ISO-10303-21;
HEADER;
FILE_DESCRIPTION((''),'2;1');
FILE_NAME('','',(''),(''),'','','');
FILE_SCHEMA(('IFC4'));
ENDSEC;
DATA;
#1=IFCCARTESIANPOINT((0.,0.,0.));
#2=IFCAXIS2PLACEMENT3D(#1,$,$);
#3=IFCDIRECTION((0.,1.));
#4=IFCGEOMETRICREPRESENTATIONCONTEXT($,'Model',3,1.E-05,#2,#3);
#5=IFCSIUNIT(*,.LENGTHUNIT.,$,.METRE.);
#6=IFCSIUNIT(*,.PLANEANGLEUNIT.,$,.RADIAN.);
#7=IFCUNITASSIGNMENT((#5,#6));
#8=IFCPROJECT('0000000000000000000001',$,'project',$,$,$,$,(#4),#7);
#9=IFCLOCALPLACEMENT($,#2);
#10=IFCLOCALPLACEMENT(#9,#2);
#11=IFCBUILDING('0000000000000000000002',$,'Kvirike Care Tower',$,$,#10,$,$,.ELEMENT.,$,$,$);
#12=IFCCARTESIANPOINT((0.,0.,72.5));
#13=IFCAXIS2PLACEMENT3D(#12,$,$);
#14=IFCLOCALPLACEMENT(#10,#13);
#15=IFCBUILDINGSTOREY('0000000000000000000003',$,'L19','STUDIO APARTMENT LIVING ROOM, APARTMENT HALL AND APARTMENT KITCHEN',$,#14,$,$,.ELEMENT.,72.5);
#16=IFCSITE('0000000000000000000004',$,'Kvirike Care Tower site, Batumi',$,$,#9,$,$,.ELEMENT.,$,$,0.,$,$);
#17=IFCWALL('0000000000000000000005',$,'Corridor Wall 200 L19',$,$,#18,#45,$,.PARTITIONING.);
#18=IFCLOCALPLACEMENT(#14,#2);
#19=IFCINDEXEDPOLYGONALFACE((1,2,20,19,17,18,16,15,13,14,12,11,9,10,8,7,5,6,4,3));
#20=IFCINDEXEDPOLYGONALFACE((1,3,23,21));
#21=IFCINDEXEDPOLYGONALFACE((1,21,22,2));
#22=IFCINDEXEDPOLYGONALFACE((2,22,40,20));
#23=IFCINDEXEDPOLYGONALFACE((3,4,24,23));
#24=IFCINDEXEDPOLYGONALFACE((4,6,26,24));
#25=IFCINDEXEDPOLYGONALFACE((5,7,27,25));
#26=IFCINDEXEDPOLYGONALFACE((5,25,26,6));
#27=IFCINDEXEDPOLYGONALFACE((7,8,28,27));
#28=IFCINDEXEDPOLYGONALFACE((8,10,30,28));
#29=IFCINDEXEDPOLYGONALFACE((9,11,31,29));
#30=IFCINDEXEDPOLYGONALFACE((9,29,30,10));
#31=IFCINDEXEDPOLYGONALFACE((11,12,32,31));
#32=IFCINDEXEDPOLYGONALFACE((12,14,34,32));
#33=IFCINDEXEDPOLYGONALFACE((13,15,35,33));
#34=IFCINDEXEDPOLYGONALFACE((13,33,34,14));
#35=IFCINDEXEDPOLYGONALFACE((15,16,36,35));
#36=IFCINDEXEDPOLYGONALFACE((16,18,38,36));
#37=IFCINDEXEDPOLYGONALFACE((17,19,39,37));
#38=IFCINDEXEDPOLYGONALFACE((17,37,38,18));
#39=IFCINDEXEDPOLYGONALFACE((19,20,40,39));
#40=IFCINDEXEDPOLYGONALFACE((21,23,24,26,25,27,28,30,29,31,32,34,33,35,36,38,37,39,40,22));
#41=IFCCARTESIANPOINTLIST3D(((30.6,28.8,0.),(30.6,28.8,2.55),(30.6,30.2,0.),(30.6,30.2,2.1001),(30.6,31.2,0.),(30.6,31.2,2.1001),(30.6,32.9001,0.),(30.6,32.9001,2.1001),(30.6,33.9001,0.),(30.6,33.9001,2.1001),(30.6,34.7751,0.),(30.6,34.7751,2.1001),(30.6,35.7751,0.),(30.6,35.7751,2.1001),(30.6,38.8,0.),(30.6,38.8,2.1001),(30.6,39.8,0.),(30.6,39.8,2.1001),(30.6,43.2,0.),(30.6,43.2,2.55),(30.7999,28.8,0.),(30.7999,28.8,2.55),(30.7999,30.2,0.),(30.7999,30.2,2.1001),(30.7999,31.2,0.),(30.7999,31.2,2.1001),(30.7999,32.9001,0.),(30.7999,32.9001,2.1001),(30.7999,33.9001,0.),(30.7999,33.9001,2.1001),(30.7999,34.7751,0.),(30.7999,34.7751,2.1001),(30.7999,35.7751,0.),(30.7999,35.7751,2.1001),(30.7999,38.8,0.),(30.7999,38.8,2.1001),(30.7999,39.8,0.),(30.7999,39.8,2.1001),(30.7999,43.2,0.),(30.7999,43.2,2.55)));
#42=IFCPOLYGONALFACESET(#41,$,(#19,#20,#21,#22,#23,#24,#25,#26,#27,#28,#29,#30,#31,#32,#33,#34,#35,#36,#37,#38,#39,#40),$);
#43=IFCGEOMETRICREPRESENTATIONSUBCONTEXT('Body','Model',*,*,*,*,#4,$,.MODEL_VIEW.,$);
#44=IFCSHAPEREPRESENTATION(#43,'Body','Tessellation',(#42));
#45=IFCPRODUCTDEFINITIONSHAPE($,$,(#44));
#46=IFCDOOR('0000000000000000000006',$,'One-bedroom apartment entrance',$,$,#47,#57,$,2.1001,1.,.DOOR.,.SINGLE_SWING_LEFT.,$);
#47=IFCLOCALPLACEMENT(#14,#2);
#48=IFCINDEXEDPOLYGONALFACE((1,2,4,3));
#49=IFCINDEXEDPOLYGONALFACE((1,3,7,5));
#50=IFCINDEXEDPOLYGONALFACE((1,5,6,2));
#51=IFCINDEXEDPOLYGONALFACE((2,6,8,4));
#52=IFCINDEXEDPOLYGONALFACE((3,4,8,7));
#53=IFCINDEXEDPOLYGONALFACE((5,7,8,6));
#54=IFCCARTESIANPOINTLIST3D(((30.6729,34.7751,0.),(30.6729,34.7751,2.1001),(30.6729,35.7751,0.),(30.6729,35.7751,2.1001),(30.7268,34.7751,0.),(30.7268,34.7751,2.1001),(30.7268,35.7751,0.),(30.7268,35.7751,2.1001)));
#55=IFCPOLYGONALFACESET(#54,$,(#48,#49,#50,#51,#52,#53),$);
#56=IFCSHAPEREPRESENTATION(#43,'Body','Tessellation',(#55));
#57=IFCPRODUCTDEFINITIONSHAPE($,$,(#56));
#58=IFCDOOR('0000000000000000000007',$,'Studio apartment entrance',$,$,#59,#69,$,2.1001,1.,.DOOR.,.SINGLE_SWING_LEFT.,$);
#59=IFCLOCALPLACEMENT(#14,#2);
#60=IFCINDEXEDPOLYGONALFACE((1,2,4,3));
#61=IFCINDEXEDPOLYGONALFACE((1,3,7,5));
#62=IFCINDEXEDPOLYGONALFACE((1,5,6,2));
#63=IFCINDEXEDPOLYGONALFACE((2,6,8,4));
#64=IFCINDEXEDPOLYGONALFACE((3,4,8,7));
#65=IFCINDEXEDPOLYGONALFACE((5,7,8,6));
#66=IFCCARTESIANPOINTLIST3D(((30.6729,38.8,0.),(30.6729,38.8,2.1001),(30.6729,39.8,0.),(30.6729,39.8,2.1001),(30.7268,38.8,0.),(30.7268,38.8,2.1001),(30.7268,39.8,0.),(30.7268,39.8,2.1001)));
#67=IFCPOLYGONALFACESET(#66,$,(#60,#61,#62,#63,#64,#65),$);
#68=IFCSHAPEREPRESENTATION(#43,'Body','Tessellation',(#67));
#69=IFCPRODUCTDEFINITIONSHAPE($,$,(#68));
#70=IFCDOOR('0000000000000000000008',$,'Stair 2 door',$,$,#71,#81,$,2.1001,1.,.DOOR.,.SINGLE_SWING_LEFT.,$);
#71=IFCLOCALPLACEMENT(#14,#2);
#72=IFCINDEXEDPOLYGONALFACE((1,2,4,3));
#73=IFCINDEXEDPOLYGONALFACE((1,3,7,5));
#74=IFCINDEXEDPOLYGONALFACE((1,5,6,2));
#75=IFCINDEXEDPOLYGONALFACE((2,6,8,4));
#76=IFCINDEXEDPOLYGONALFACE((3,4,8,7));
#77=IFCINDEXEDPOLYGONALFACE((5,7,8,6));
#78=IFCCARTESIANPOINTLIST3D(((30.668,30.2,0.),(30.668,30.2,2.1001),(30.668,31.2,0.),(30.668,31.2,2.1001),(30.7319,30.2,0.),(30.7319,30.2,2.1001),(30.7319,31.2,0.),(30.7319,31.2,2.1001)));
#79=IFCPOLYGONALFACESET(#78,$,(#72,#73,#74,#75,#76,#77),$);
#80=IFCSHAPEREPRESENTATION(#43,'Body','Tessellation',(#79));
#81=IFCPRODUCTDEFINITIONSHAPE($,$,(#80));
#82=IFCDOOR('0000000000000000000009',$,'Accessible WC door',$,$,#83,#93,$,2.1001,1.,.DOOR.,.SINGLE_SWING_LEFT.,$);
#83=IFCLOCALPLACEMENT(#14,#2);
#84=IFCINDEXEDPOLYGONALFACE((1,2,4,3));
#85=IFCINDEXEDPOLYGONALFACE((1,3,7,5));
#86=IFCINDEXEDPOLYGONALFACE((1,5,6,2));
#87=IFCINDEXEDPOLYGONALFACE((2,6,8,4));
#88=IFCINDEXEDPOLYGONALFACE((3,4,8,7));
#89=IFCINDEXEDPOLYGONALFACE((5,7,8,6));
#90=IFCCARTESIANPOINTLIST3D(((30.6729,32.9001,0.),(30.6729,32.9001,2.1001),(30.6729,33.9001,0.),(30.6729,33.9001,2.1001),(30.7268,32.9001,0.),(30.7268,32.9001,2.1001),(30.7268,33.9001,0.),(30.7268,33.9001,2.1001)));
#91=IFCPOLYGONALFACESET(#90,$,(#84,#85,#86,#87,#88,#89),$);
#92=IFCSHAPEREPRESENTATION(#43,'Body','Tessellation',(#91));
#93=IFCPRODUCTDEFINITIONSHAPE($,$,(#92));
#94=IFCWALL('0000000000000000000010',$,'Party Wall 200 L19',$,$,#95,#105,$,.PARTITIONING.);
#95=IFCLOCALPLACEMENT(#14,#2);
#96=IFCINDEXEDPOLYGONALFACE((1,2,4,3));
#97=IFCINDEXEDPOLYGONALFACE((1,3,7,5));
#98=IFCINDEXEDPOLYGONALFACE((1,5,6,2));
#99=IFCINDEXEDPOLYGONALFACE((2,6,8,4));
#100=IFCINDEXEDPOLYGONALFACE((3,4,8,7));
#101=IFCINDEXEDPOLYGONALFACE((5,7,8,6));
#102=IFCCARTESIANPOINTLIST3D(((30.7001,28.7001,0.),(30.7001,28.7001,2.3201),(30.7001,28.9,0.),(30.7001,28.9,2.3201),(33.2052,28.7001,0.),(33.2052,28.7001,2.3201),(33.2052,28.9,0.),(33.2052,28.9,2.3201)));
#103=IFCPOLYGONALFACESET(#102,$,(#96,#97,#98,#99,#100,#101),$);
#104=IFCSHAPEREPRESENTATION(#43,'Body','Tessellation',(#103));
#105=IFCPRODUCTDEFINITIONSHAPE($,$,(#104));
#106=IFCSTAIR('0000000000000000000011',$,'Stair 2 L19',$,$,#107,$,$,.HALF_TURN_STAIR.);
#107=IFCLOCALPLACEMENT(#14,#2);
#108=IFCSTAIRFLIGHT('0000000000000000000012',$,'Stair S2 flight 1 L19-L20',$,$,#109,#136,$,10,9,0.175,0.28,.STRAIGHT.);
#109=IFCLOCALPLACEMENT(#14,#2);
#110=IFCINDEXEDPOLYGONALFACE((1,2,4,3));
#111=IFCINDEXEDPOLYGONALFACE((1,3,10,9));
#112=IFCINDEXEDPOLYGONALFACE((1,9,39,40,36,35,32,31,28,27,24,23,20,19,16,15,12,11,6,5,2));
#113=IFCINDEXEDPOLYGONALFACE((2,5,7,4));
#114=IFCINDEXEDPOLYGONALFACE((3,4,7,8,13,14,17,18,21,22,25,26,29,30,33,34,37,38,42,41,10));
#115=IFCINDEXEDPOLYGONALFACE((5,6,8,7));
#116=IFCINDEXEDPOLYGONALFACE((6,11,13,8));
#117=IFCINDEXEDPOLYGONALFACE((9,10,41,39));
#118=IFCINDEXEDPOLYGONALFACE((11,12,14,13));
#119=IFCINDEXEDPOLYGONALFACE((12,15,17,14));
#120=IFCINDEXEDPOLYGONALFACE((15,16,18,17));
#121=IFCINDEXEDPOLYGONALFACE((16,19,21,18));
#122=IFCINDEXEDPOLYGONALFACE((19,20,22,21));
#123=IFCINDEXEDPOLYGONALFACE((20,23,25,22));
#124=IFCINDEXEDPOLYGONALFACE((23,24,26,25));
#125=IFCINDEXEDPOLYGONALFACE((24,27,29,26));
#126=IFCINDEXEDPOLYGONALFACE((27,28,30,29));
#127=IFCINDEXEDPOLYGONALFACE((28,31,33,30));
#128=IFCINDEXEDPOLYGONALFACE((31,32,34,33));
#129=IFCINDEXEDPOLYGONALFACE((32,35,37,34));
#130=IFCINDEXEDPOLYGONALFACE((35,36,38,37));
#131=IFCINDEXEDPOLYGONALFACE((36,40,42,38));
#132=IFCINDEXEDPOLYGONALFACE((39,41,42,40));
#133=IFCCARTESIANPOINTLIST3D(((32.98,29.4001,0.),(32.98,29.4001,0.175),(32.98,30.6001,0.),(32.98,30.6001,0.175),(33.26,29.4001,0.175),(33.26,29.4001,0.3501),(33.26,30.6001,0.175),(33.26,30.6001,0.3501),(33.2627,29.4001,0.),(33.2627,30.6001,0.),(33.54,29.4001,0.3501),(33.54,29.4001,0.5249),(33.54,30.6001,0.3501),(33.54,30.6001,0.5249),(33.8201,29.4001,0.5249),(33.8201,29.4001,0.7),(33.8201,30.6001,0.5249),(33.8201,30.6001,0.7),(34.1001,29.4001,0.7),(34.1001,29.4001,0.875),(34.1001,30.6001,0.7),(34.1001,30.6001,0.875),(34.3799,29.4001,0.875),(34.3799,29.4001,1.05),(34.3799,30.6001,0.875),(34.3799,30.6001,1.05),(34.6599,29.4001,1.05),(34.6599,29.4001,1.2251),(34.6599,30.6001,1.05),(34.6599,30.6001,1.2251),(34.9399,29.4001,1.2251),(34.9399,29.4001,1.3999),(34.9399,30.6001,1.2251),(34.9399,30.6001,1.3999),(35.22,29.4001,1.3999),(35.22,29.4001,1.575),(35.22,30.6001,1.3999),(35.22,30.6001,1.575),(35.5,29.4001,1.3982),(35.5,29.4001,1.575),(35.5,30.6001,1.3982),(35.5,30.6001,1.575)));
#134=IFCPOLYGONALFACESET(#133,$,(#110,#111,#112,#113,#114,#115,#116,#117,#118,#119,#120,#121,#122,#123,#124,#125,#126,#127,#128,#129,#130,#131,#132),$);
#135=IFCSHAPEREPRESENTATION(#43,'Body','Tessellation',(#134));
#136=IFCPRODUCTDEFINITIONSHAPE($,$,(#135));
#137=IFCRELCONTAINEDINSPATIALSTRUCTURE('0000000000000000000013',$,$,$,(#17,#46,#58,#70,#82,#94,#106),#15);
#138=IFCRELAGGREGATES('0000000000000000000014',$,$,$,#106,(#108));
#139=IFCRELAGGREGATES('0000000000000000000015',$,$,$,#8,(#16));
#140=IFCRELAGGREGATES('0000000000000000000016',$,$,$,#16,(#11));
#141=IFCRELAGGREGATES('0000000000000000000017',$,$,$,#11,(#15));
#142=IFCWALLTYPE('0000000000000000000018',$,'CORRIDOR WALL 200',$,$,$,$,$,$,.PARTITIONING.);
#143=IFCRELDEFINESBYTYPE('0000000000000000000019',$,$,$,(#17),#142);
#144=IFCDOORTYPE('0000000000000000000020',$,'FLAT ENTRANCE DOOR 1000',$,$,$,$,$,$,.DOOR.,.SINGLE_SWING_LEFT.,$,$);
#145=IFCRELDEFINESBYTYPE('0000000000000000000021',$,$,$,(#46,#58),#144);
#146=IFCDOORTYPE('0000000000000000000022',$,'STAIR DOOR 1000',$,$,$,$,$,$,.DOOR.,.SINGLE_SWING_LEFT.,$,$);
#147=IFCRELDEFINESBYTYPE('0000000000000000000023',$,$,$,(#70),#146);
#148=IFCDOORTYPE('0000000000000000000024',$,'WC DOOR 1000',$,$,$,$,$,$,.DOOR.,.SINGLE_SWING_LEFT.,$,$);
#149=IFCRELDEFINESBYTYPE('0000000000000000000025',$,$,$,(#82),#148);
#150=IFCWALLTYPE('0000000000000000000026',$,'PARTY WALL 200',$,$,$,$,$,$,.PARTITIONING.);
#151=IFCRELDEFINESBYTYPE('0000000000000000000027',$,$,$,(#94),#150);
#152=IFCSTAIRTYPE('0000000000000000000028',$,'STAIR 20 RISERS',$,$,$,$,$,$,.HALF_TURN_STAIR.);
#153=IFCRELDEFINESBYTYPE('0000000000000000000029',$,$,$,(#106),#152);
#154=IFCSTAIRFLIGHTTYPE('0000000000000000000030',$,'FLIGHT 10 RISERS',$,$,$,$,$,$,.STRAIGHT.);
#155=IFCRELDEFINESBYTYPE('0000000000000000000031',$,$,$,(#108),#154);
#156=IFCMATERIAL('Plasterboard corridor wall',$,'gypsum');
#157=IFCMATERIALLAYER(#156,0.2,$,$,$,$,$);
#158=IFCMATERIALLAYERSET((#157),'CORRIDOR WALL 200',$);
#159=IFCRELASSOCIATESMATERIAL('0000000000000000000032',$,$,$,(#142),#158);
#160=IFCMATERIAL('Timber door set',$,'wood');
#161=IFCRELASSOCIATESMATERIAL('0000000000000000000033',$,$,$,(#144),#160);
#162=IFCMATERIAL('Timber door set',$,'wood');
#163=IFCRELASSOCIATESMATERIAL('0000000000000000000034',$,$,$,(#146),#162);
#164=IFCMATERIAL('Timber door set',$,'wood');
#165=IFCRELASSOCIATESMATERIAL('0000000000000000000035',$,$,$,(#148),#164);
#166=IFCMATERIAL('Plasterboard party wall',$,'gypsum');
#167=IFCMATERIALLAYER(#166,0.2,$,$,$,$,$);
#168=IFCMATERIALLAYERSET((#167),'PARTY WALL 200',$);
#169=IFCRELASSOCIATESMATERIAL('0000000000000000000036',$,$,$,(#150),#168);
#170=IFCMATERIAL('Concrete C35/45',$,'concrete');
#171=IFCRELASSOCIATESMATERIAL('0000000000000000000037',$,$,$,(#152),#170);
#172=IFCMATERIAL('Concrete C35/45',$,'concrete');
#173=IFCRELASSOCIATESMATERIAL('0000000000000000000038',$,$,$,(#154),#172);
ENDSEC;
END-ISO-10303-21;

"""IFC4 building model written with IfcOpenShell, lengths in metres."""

from ifc_helpers import new_model, si_unit, direction, frame, frame_2d, origin, place, context, subcontext, project, spatial, polyline, rectangle, outline, extrude, material, layer, layer_set, type_object, element, fill, aggregate, save


model = new_model("IFC4")

# Units and contexts
model_context = context("Model", 3, precision=1e-05, world=origin(), true_north=direction((0.0, 1.0)))
body_context = subcontext(model_context, "Body", "Model", "MODEL_VIEW")
ifc_project = project(units=[si_unit("LENGTHUNIT", "METRE"), si_unit("PLANEANGLEUNIT", "RADIAN")], contexts=[model_context])

# Site, building, storey
site_placement = place(None, origin())
site = spatial("IfcSite", under=ifc_project, at=site_placement, Name="Kvirike Care Tower site, Batumi", CompositionType="ELEMENT", RefElevation=0.0)
building_placement = place(site_placement, origin())
building = spatial("IfcBuilding", under=site, at=building_placement, Name="Kvirike Care Tower", CompositionType="ELEMENT")
storey_placement = place(building_placement, frame((0.0, 0.0, 72.5)))
storey = spatial("IfcBuildingStorey", under=building, at=storey_placement, Name="L19", Description="STUDIO APARTMENT LIVING ROOM, APARTMENT HALL AND APARTMENT KITCHEN", CompositionType="ELEMENT", Elevation=72.5)

# Wall, openings, doors
ifc_material_1 = material(Name="Plasterboard corridor wall", Category="gypsum")
ifc_layer_1 = layer(ifc_material_1, 0.2)
ifc_layer_set_1 = layer_set([ifc_layer_1], Name="CORRIDOR WALL 200")
wall_type_1 = type_object("IfcWallType", Name="CORRIDOR WALL 200", PredefinedType="PARTITIONING", material=ifc_layer_set_1)
ifc_material_2 = material(Name="Timber door set", Category="wood")
door_type_1 = type_object("IfcDoorType", Name="FLAT ENTRANCE DOOR 1000", OperationType="SINGLE_SWING_LEFT", PredefinedType="DOOR", material=ifc_material_2)
wall_1_placement = place(storey_placement, frame((30.7, 28.8, 0.0), z_axis=(0.0, 0.0, 1.0), x_axis=(0.0, 1.0, 0.0)))
wall_1 = element("IfcWall", 1, at=wall_1_placement, inside=storey, type_object=wall_type_1, Name="Corridor Wall 200 L19", PredefinedType="PARTITIONING", context=body_context, shape_type="SweptSolid", body=[
    extrude(rectangle(XDim=14.3999, YDim=0.2, at=frame_2d((7.2, 0.0))), origin(), (0.0, 0.0, 1.0), 2.55),
])
opening_1_placement = place(wall_1_placement, frame((1.3999, 0.0, 0.0)))
opening_1 = element("IfcOpeningElement", 2, at=opening_1_placement, cuts=wall_1, PredefinedType="OPENING", context=body_context, shape_type="SweptSolid", body=[
    extrude(rectangle(XDim=1.0, YDim=2.1001, at=frame_2d((0.5, 1.05))), frame((0.0, 0.1106, 0.0), z_axis=(0.0, -1.0, 0.0), x_axis=(1.0, 0.0, 0.0)), (0.0, 0.0, 1.0), 0.2209),
])
opening_2_placement = place(wall_1_placement, frame((4.1001, 0.0, 0.0)))
opening_2 = element("IfcOpeningElement", 3, at=opening_2_placement, cuts=wall_1, PredefinedType="OPENING", context=body_context, shape_type="SweptSolid", body=[
    extrude(rectangle(XDim=1.0, YDim=2.1001, at=frame_2d((0.5, 1.05))), frame((0.0, 0.1106, 0.0), z_axis=(0.0, -1.0, 0.0), x_axis=(1.0, 0.0, 0.0)), (0.0, 0.0, 1.0), 0.2209),
])
opening_3_placement = place(wall_1_placement, frame((5.9751, 0.0, 0.0)))
opening_3 = element("IfcOpeningElement", 4, at=opening_3_placement, cuts=wall_1, PredefinedType="OPENING", context=body_context, shape_type="SweptSolid", body=[
    extrude(rectangle(XDim=1.0, YDim=2.1001, at=frame_2d((0.5, 1.05))), frame((0.0, 0.1106, 0.0), z_axis=(0.0, -1.0, 0.0), x_axis=(1.0, 0.0, 0.0)), (0.0, 0.0, 1.0), 0.2209),
])
opening_4_placement = place(wall_1_placement, frame((10.0, 0.0, 0.0)))
opening_4 = element("IfcOpeningElement", 5, at=opening_4_placement, cuts=wall_1, PredefinedType="OPENING", context=body_context, shape_type="SweptSolid", body=[
    extrude(rectangle(XDim=1.0, YDim=2.1001, at=frame_2d((0.5, 1.05))), frame((0.0, 0.1106, 0.0), z_axis=(0.0, -1.0, 0.0), x_axis=(1.0, 0.0, 0.0)), (0.0, 0.0, 1.0), 0.2209),
])
door_1_placement = place(opening_3_placement, frame((1.0, 0.0, 0.0), z_axis=(0.0, 0.0, 1.0), x_axis=(-1.0, 0.0, 0.0)))
door_1 = element("IfcDoor", 6, at=door_1_placement, inside=storey, type_object=door_type_1, Name="One-bedroom apartment entrance", OperationType="SINGLE_SWING_LEFT", OverallHeight=2.1001, OverallWidth=1.0, PredefinedType="DOOR", context=body_context, shape_type="SweptSolid", body=[
    extrude(rectangle(XDim=1.0, YDim=2.1001, at=frame_2d((0.5, 1.05))), frame((0.0, 0.0269, 0.0), z_axis=(0.0, -1.0, 0.0), x_axis=(1.0, 0.0, 0.0)), (0.0, 0.0, 1.0), 0.054),
])
fill(opening_3, door_1)
door_2_placement = place(opening_4_placement, frame((1.0, 0.0, 0.0), z_axis=(0.0, 0.0, 1.0), x_axis=(-1.0, 0.0, 0.0)))
door_2 = element("IfcDoor", 7, at=door_2_placement, inside=storey, type_object=door_type_1, Name="Studio apartment entrance", OperationType="SINGLE_SWING_LEFT", OverallHeight=2.1001, OverallWidth=1.0, PredefinedType="DOOR", context=body_context, shape_type="SweptSolid", body=[
    extrude(rectangle(XDim=1.0, YDim=2.1001, at=frame_2d((0.5, 1.05))), frame((0.0, 0.0269, 0.0), z_axis=(0.0, -1.0, 0.0), x_axis=(1.0, 0.0, 0.0)), (0.0, 0.0, 1.0), 0.054),
])
fill(opening_4, door_2)
ifc_material_3 = material(Name="Timber door set", Category="wood")
door_type_2 = type_object("IfcDoorType", Name="STAIR DOOR 1000", OperationType="SINGLE_SWING_LEFT", PredefinedType="DOOR", material=ifc_material_3)
door_3_placement = place(opening_1_placement, frame((1.0, 0.0, 0.0), z_axis=(0.0, 0.0, 1.0), x_axis=(-1.0, 0.0, 0.0)))
door_3 = element("IfcDoor", 8, at=door_3_placement, inside=storey, type_object=door_type_2, Name="Stair 2 door", OperationType="SINGLE_SWING_LEFT", OverallHeight=2.1001, OverallWidth=1.0, PredefinedType="DOOR", context=body_context, shape_type="SweptSolid", body=[
    extrude(rectangle(XDim=1.0, YDim=2.1001, at=frame_2d((0.5, 1.05))), frame((0.0, 0.032, 0.0), z_axis=(0.0, -1.0, 0.0), x_axis=(1.0, 0.0, 0.0)), (0.0, 0.0, 1.0), 0.064),
])
fill(opening_1, door_3)
ifc_material_4 = material(Name="Timber door set", Category="wood")
door_type_3 = type_object("IfcDoorType", Name="WC DOOR 1000", OperationType="SINGLE_SWING_LEFT", PredefinedType="DOOR", material=ifc_material_4)
door_4_placement = place(opening_2_placement, frame((1.0, 0.0, 0.0), z_axis=(0.0, 0.0, 1.0), x_axis=(-1.0, 0.0, 0.0)))
door_4 = element("IfcDoor", 9, at=door_4_placement, inside=storey, type_object=door_type_3, Name="Accessible WC door", OperationType="SINGLE_SWING_LEFT", OverallHeight=2.1001, OverallWidth=1.0, PredefinedType="DOOR", context=body_context, shape_type="SweptSolid", body=[
    extrude(rectangle(XDim=1.0, YDim=2.1001, at=frame_2d((0.5, 1.05))), frame((0.0, 0.0269, 0.0), z_axis=(0.0, -1.0, 0.0), x_axis=(1.0, 0.0, 0.0)), (0.0, 0.0, 1.0), 0.054),
])
fill(opening_2, door_4)

# Wall
ifc_material_5 = material(Name="Plasterboard party wall", Category="gypsum")
ifc_layer_2 = layer(ifc_material_5, 0.2)
ifc_layer_set_2 = layer_set([ifc_layer_2], Name="PARTY WALL 200")
wall_type_2 = type_object("IfcWallType", Name="PARTY WALL 200", PredefinedType="PARTITIONING", material=ifc_layer_set_2)
wall_2_placement = place(storey_placement, frame((33.2051, 28.8, 0.0), z_axis=(0.0, 0.0, 1.0), x_axis=(-1.0, 0.0, 0.0)))
element("IfcWall", 10, at=wall_2_placement, inside=storey, type_object=wall_type_2, Name="Party Wall 200 L19", PredefinedType="PARTITIONING", context=body_context, shape_type="SweptSolid", body=[
    extrude(rectangle(XDim=2.5051, YDim=0.2, at=frame_2d((1.2524, 0.0))), origin(), (0.0, 0.0, 1.0), 2.3201),
])

# Stair, stair flight
ifc_material_6 = material(Name="Concrete C35/45", Category="concrete")
stair_type = type_object("IfcStairType", Name="STAIR 20 RISERS", PredefinedType="HALF_TURN_STAIR", material=ifc_material_6)
stair_placement = place(storey_placement, origin())
stair = element("IfcStair", 11, at=stair_placement, inside=storey, type_object=stair_type, Name="Stair 2 L19", PredefinedType="HALF_TURN_STAIR")
ifc_material_7 = material(Name="Concrete C35/45", Category="concrete")
stair_flight_type = type_object("IfcStairFlightType", Name="FLIGHT 10 RISERS", PredefinedType="STRAIGHT", material=ifc_material_7)
stair_flight_placement = place(storey_placement, frame((32.98, 30.0, 0.0), z_axis=(0.0, 0.0, 1.0), x_axis=(1.0, 0.0, 0.0)))
stair_flight = element("IfcStairFlight", 12, at=stair_flight_placement, type_object=stair_flight_type, Name="Stair S2 flight 1 L19-L20", NumberOfRisers=10, NumberOfTreads=9, PredefinedType="STRAIGHT", RiserHeight=0.175, TreadLength=0.28, context=body_context, shape_type="SweptSolid", body=[
    extrude(outline(polyline([(0.0, 0.0), (0.0, 0.175), (0.28, 0.175), (0.28, 0.3501), (0.5601, 0.3501), (0.5601, 0.5249), (0.8401, 0.5249), (0.8401, 0.7), (1.1201, 0.7), (1.1201, 0.875), (1.3999, 0.875), (1.3999, 1.05), (1.6799, 1.05), (1.6799, 1.2251), (1.96, 1.2251), (1.96, 1.3999), (2.24, 1.3999), (2.24, 1.575), (2.52, 1.575), (2.52, 1.75), (2.52, 1.3982), (0.2827, 0.0), (0.0, 0.0)])), frame((0.0, 0.6001, 0.0), z_axis=(0.0, -1.0, 0.0), x_axis=(1.0, 0.0, 0.0)), (0.0, 0.0, 1.0), 1.2),
])
aggregate(stair, [stair_flight])

save(model, "model.ifc")
